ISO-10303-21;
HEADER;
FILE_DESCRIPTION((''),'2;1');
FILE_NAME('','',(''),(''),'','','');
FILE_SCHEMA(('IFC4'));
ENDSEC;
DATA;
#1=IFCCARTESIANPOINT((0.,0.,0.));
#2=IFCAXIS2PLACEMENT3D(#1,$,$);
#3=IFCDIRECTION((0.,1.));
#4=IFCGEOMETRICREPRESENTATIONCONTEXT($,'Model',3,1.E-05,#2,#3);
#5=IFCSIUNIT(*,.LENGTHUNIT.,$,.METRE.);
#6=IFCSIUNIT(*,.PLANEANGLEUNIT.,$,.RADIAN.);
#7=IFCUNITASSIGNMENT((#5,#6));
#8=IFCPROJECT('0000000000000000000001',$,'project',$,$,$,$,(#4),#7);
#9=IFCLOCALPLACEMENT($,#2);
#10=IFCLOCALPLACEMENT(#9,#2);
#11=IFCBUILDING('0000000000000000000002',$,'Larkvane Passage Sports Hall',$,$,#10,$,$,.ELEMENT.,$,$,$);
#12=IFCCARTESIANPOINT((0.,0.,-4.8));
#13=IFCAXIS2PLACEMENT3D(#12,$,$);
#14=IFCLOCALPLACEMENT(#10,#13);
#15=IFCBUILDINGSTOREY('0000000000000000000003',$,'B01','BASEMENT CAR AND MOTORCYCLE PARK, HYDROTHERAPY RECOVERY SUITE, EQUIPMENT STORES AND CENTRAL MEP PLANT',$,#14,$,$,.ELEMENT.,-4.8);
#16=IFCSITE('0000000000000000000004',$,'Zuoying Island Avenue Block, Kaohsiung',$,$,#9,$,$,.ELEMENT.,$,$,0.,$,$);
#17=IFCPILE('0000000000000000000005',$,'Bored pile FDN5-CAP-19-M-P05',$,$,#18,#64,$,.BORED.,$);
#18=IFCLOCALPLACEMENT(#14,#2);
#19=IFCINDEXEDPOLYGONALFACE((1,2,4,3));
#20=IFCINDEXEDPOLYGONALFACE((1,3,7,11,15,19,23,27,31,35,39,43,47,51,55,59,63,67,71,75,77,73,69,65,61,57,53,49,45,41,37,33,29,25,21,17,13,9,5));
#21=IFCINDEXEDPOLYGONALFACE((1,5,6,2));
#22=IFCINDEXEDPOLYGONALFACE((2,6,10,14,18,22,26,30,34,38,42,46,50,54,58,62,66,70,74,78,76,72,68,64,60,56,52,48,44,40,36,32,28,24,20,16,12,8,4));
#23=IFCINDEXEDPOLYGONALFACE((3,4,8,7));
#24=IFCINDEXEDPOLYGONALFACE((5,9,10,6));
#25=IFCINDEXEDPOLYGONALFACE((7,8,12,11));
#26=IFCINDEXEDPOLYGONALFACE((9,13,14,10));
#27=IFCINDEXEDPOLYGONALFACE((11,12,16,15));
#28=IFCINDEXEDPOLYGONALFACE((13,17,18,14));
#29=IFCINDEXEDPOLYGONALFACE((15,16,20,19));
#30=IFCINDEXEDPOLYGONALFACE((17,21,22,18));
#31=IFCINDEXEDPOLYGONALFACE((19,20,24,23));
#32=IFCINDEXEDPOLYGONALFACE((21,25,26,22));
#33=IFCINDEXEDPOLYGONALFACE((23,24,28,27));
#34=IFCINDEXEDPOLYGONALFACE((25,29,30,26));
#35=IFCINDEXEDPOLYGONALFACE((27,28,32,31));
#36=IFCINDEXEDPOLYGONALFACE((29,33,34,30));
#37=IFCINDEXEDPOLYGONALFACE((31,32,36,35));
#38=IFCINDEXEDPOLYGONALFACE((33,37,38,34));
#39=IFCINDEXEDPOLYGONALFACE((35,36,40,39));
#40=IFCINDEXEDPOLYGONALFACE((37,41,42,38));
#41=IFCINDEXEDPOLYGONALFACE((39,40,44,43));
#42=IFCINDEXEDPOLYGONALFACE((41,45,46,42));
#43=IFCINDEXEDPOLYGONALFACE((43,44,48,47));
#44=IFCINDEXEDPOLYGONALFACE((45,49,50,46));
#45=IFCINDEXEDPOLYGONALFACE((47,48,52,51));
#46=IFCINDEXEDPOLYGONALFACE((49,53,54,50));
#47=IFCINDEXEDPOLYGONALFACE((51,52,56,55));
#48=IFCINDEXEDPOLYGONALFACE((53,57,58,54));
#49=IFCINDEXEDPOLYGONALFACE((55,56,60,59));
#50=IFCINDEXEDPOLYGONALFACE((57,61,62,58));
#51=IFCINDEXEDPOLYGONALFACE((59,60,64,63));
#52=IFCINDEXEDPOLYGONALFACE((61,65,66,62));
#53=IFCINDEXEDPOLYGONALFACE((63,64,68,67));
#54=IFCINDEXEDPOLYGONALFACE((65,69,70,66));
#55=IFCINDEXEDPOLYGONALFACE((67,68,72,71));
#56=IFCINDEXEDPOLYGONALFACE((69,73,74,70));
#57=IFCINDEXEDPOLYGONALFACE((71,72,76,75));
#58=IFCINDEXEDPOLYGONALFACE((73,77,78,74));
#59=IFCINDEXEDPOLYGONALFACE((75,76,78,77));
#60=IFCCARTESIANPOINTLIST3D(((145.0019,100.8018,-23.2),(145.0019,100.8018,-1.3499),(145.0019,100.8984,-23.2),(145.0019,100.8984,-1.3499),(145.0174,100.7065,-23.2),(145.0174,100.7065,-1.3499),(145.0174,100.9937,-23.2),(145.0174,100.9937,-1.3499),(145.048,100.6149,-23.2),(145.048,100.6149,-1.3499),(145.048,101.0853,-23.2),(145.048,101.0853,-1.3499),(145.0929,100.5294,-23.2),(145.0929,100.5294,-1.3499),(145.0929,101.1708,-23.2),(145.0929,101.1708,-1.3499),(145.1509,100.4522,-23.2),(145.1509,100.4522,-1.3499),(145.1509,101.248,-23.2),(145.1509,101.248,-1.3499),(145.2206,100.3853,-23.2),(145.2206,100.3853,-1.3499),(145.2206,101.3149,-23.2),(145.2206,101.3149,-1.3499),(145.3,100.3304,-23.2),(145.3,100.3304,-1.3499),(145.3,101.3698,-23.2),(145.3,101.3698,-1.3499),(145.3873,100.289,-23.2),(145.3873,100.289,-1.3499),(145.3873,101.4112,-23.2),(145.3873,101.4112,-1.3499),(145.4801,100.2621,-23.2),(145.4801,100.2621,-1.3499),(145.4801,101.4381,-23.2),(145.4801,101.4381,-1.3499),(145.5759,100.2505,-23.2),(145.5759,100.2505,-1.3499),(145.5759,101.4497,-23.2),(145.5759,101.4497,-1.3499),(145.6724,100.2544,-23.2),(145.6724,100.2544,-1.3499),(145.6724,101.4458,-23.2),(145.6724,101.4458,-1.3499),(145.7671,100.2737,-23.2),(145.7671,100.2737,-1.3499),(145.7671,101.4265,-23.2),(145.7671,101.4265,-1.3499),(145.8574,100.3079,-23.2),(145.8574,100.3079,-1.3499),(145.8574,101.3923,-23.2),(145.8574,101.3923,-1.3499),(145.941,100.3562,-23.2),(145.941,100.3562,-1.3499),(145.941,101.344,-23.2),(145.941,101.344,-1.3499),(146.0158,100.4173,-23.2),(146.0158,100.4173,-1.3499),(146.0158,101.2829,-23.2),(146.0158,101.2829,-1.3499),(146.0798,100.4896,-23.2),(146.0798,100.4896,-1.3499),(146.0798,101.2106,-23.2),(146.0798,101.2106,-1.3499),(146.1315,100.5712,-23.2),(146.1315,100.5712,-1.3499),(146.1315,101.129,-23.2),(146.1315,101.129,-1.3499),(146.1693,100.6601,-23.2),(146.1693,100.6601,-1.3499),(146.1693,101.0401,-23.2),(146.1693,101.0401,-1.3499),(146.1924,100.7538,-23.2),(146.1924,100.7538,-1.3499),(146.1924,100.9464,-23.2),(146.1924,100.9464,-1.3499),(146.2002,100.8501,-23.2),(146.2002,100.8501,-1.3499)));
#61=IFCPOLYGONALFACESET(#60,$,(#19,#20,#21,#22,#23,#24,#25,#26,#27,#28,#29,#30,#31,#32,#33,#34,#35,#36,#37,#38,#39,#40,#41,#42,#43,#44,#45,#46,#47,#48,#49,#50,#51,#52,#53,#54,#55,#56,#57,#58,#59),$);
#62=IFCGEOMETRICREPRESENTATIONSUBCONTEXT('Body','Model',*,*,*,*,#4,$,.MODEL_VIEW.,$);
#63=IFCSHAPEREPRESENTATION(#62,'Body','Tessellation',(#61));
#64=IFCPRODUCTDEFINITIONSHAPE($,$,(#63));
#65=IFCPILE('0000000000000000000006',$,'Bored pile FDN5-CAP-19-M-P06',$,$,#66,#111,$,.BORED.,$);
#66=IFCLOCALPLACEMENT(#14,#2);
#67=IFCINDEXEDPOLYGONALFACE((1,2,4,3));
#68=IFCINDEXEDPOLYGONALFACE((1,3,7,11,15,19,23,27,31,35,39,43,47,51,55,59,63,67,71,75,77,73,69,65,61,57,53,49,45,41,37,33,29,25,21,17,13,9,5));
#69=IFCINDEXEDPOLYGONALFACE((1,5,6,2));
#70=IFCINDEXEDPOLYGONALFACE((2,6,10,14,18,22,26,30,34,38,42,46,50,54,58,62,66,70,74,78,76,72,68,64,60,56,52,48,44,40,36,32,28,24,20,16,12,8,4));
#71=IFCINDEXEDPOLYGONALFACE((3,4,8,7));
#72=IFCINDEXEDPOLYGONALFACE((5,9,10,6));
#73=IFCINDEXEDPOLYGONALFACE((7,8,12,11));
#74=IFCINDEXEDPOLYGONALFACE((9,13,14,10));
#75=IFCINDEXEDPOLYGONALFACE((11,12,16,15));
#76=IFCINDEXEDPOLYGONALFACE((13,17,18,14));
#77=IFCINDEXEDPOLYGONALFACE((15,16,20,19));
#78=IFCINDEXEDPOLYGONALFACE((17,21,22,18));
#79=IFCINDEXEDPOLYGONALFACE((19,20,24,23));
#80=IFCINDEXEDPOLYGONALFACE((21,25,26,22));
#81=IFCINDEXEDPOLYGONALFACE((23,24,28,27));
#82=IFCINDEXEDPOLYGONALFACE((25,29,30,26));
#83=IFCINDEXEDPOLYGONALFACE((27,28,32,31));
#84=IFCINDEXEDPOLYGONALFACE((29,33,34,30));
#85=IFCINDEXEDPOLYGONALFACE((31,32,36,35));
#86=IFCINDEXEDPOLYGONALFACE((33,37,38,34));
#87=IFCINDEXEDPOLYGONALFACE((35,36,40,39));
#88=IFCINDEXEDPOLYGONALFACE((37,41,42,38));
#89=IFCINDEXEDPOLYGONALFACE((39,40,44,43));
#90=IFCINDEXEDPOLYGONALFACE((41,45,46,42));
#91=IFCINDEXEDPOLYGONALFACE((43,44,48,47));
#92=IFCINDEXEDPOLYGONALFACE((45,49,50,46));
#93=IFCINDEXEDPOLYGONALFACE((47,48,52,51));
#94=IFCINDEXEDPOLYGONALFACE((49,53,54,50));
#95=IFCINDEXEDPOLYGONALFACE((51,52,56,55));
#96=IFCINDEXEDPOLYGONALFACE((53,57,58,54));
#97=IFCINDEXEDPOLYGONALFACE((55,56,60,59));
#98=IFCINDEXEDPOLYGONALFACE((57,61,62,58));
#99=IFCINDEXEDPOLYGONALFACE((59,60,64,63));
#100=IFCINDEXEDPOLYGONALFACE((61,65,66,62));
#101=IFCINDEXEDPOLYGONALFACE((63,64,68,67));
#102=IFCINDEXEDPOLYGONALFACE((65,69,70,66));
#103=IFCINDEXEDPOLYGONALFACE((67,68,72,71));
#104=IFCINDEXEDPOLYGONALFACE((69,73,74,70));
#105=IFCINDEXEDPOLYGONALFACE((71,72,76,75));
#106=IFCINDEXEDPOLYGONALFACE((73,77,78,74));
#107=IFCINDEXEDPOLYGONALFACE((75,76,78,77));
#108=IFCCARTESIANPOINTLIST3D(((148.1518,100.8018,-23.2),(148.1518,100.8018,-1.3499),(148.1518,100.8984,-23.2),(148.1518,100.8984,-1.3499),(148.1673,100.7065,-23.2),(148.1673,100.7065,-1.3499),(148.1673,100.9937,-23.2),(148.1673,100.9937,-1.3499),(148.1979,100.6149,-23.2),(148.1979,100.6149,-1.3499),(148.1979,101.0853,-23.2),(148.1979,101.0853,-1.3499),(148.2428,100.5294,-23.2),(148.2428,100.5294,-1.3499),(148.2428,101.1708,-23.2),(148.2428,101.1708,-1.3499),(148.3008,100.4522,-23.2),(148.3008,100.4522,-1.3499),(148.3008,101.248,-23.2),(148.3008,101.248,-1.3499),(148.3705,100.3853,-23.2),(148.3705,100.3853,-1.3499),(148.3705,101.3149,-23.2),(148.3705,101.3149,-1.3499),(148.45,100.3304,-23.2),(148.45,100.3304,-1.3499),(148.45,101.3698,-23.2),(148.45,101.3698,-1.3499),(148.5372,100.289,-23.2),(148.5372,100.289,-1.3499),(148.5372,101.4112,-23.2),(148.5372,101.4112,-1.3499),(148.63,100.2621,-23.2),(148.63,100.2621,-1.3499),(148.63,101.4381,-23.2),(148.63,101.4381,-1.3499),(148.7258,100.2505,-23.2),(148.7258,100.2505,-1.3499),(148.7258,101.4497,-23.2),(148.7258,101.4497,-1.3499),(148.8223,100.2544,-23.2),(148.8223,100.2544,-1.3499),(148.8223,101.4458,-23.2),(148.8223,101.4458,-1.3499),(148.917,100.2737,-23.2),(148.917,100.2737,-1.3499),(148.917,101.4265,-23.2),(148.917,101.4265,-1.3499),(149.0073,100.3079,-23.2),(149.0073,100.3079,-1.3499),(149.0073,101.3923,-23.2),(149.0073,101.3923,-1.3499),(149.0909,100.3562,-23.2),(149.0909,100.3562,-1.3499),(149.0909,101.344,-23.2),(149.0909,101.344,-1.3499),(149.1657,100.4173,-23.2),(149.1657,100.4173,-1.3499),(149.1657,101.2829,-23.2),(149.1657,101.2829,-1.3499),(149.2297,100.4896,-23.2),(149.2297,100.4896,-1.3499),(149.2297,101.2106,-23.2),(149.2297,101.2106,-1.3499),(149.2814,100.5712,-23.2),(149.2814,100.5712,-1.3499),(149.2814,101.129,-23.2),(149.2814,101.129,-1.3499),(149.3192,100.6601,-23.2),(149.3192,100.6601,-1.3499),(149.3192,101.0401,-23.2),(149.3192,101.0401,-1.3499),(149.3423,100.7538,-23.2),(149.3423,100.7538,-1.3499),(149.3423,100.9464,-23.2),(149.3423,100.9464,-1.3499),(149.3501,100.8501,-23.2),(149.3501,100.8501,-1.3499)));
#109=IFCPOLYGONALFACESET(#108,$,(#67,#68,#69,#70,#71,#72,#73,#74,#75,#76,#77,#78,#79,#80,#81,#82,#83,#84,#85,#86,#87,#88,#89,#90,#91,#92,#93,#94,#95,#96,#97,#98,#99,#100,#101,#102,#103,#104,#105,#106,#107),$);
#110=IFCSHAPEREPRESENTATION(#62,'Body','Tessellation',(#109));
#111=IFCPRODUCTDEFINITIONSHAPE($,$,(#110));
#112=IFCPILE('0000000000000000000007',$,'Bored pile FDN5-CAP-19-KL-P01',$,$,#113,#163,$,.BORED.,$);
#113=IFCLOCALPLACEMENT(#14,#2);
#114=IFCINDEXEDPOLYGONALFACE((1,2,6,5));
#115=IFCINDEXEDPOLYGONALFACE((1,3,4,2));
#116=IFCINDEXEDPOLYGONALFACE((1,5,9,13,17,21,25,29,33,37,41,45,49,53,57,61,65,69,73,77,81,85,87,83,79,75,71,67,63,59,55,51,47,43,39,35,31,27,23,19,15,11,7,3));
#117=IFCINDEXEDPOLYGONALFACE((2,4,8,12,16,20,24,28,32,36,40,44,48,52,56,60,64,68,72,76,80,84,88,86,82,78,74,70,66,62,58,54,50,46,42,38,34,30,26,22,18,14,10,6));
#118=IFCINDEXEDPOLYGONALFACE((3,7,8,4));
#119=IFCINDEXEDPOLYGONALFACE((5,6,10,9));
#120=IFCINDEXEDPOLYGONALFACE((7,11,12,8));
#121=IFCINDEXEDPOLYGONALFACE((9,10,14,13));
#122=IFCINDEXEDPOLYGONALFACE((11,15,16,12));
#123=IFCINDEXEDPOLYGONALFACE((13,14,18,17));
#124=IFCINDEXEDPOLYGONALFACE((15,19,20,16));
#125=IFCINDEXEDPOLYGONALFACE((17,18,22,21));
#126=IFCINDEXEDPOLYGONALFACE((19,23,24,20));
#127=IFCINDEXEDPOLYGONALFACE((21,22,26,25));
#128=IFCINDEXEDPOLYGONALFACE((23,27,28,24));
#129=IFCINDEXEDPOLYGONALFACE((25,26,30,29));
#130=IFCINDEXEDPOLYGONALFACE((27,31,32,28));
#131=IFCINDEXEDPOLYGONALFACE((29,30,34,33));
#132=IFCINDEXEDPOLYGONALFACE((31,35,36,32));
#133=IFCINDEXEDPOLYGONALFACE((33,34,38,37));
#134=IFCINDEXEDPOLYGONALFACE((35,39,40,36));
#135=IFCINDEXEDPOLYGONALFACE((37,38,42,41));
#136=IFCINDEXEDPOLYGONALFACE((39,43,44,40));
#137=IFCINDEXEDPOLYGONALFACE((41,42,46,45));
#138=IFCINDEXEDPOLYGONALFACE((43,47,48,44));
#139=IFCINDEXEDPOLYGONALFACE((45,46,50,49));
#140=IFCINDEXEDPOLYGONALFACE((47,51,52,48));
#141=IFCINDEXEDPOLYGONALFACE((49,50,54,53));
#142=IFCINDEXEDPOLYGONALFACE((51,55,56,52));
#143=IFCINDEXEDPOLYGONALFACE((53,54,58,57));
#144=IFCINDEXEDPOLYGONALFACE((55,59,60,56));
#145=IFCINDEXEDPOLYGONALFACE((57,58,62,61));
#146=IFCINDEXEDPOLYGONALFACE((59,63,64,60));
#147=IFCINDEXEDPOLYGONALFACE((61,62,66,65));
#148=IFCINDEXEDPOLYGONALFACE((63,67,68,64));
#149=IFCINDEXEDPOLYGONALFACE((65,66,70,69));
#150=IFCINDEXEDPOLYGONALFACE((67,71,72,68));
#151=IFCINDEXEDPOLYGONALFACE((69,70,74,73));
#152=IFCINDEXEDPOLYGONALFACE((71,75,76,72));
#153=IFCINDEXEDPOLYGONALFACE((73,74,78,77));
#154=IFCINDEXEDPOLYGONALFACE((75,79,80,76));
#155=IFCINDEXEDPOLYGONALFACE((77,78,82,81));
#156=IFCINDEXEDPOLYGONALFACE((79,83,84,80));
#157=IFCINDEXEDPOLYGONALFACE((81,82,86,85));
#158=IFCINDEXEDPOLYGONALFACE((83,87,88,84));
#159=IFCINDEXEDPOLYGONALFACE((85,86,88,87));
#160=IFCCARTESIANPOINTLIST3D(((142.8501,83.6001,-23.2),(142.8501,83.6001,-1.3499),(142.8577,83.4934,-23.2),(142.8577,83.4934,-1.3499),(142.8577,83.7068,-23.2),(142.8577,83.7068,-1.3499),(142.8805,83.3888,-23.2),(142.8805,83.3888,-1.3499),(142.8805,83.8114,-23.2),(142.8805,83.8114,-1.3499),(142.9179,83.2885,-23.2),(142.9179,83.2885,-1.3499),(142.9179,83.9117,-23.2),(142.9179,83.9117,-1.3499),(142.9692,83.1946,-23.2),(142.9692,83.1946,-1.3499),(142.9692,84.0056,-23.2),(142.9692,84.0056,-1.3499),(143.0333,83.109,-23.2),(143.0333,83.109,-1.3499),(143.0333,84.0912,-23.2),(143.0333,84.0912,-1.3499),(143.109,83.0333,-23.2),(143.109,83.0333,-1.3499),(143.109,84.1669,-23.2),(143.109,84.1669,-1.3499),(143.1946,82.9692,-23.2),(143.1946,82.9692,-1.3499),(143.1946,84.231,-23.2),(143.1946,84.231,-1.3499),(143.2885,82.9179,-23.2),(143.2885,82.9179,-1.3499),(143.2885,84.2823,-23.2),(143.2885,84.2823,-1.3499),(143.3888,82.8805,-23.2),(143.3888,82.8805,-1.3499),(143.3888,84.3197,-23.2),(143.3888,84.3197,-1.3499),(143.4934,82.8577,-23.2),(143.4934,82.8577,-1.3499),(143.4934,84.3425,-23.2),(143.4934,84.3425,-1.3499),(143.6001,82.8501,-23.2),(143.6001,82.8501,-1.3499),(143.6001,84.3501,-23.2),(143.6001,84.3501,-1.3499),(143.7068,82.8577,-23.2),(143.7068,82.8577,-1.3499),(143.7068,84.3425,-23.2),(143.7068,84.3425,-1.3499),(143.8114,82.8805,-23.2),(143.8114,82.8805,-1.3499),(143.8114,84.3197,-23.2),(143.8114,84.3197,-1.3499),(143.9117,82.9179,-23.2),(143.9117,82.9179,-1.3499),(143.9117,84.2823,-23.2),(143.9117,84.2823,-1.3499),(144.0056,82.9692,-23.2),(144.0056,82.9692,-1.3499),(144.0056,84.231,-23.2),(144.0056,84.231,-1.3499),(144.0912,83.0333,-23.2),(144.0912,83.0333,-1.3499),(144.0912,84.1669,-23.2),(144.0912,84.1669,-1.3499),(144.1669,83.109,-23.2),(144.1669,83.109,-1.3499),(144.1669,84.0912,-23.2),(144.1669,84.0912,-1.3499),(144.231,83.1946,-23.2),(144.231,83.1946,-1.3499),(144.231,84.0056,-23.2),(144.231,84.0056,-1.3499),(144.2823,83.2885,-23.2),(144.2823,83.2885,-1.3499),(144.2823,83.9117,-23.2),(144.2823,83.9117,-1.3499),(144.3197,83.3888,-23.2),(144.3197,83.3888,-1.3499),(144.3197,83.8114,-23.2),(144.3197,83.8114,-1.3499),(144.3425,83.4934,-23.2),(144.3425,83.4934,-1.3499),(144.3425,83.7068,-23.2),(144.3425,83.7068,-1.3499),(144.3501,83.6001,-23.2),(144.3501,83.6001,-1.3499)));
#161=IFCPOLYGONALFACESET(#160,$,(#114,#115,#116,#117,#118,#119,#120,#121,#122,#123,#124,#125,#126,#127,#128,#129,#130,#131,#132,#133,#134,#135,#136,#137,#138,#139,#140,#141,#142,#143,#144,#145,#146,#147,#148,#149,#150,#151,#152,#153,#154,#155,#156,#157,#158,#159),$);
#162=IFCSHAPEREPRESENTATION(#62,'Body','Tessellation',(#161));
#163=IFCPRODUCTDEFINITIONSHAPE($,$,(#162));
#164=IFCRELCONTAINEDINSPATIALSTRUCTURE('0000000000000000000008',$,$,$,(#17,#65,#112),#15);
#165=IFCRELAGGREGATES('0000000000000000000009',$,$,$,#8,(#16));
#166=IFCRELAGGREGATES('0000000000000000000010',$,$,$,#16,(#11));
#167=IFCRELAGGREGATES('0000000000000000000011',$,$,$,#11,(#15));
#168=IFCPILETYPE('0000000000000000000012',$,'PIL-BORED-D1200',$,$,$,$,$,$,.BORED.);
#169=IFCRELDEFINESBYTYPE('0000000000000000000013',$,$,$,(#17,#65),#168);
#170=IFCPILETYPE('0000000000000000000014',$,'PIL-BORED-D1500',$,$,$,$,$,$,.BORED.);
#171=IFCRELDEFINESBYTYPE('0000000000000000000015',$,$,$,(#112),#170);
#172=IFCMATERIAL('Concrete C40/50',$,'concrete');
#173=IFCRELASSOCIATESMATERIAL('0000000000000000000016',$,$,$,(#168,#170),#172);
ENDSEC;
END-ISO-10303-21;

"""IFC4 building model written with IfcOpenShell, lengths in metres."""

from ifc_helpers import new_model, si_unit, direction, frame, origin, origin_2d, place, context, subcontext, project, spatial, circle, extrude, material, material_profile, profile_set, type_object, element, save


model = new_model("IFC4")

# Units and contexts
model_context = context("Model", 3, precision=1e-05, world=origin(), true_north=direction((0.0, 1.0)))
body_context = subcontext(model_context, "Body", "Model", "MODEL_VIEW")
ifc_project = project(units=[si_unit("LENGTHUNIT", "METRE"), si_unit("PLANEANGLEUNIT", "RADIAN")], contexts=[model_context])

# Site, building, storey
site_placement = place(None, origin())
site = spatial("IfcSite", under=ifc_project, at=site_placement, Name="Zuoying Island Avenue Block, Kaohsiung", CompositionType="ELEMENT", RefElevation=0.0)
building_placement = place(site_placement, origin())
building = spatial("IfcBuilding", under=site, at=building_placement, Name="Larkvane Passage Sports Hall", CompositionType="ELEMENT")
storey_placement = place(building_placement, frame((0.0, 0.0, -4.8)))
storey = spatial("IfcBuildingStorey", under=building, at=storey_placement, Name="B01", Description="BASEMENT CAR AND MOTORCYCLE PARK, HYDROTHERAPY RECOVERY SUITE, EQUIPMENT STORES AND CENTRAL MEP PLANT", CompositionType="ELEMENT", Elevation=-4.8)

# Shared definitions
ifc_material_1 = material(Name="Concrete C40/50", Category="concrete")

# Piles
ifc_material_profile_1 = material_profile(ifc_material_1, circle(Radius=0.6001, at=origin_2d()), Name="PILE-D1200")
ifc_profile_set_1 = profile_set([ifc_material_profile_1], Name="Concrete C40/50")
pile_type_1 = type_object("IfcPileType", Name="PIL-BORED-D1200", PredefinedType="BORED", material=ifc_profile_set_1)
for number, where, z_axis, x_axis, name in (
    (1, (145.6001, 100.8501, -1.3499), (0.0, 0.0, -1.0), (1.0, 0.0, 0.0), "Bored pile FDN5-CAP-19-M-P05"),
    (2, (148.75, 100.8501, -1.3499), (0.0, 0.0, -1.0), (1.0, 0.0, 0.0), "Bored pile FDN5-CAP-19-M-P06"),
):
    element("IfcPile", number, at=place(storey_placement, frame(where, z_axis=z_axis, x_axis=x_axis)), inside=storey, type_object=pile_type_1, Name=name, PredefinedType="BORED", context=body_context, shape_type="SweptSolid", body=[
        extrude(circle(Radius=0.6001, at=origin_2d()), origin(), (0.0, 0.0, 1.0), 21.8501),
    ])
ifc_material_profile_2 = material_profile(ifc_material_1, circle(Radius=0.75, at=origin_2d()), Name="PILE-D1500")
ifc_profile_set_2 = profile_set([ifc_material_profile_2], Name="Concrete C40/50")
pile_type_2 = type_object("IfcPileType", Name="PIL-BORED-D1500", PredefinedType="BORED", material=ifc_profile_set_2)
for number, where, z_axis, x_axis, name in (
    (3, (143.6001, 83.6001, -1.3499), (0.0, 0.0, -1.0), (1.0, 0.0, 0.0), "Bored pile FDN5-CAP-19-KL-P01"),
):
    element("IfcPile", number, at=place(storey_placement, frame(where, z_axis=z_axis, x_axis=x_axis)), inside=storey, type_object=pile_type_2, Name=name, PredefinedType="BORED", context=body_context, shape_type="SweptSolid", body=[
        extrude(circle(Radius=0.75, at=origin_2d()), origin(), (0.0, 0.0, 1.0), 21.8501),
    ])

save(model, "model.ifc")
